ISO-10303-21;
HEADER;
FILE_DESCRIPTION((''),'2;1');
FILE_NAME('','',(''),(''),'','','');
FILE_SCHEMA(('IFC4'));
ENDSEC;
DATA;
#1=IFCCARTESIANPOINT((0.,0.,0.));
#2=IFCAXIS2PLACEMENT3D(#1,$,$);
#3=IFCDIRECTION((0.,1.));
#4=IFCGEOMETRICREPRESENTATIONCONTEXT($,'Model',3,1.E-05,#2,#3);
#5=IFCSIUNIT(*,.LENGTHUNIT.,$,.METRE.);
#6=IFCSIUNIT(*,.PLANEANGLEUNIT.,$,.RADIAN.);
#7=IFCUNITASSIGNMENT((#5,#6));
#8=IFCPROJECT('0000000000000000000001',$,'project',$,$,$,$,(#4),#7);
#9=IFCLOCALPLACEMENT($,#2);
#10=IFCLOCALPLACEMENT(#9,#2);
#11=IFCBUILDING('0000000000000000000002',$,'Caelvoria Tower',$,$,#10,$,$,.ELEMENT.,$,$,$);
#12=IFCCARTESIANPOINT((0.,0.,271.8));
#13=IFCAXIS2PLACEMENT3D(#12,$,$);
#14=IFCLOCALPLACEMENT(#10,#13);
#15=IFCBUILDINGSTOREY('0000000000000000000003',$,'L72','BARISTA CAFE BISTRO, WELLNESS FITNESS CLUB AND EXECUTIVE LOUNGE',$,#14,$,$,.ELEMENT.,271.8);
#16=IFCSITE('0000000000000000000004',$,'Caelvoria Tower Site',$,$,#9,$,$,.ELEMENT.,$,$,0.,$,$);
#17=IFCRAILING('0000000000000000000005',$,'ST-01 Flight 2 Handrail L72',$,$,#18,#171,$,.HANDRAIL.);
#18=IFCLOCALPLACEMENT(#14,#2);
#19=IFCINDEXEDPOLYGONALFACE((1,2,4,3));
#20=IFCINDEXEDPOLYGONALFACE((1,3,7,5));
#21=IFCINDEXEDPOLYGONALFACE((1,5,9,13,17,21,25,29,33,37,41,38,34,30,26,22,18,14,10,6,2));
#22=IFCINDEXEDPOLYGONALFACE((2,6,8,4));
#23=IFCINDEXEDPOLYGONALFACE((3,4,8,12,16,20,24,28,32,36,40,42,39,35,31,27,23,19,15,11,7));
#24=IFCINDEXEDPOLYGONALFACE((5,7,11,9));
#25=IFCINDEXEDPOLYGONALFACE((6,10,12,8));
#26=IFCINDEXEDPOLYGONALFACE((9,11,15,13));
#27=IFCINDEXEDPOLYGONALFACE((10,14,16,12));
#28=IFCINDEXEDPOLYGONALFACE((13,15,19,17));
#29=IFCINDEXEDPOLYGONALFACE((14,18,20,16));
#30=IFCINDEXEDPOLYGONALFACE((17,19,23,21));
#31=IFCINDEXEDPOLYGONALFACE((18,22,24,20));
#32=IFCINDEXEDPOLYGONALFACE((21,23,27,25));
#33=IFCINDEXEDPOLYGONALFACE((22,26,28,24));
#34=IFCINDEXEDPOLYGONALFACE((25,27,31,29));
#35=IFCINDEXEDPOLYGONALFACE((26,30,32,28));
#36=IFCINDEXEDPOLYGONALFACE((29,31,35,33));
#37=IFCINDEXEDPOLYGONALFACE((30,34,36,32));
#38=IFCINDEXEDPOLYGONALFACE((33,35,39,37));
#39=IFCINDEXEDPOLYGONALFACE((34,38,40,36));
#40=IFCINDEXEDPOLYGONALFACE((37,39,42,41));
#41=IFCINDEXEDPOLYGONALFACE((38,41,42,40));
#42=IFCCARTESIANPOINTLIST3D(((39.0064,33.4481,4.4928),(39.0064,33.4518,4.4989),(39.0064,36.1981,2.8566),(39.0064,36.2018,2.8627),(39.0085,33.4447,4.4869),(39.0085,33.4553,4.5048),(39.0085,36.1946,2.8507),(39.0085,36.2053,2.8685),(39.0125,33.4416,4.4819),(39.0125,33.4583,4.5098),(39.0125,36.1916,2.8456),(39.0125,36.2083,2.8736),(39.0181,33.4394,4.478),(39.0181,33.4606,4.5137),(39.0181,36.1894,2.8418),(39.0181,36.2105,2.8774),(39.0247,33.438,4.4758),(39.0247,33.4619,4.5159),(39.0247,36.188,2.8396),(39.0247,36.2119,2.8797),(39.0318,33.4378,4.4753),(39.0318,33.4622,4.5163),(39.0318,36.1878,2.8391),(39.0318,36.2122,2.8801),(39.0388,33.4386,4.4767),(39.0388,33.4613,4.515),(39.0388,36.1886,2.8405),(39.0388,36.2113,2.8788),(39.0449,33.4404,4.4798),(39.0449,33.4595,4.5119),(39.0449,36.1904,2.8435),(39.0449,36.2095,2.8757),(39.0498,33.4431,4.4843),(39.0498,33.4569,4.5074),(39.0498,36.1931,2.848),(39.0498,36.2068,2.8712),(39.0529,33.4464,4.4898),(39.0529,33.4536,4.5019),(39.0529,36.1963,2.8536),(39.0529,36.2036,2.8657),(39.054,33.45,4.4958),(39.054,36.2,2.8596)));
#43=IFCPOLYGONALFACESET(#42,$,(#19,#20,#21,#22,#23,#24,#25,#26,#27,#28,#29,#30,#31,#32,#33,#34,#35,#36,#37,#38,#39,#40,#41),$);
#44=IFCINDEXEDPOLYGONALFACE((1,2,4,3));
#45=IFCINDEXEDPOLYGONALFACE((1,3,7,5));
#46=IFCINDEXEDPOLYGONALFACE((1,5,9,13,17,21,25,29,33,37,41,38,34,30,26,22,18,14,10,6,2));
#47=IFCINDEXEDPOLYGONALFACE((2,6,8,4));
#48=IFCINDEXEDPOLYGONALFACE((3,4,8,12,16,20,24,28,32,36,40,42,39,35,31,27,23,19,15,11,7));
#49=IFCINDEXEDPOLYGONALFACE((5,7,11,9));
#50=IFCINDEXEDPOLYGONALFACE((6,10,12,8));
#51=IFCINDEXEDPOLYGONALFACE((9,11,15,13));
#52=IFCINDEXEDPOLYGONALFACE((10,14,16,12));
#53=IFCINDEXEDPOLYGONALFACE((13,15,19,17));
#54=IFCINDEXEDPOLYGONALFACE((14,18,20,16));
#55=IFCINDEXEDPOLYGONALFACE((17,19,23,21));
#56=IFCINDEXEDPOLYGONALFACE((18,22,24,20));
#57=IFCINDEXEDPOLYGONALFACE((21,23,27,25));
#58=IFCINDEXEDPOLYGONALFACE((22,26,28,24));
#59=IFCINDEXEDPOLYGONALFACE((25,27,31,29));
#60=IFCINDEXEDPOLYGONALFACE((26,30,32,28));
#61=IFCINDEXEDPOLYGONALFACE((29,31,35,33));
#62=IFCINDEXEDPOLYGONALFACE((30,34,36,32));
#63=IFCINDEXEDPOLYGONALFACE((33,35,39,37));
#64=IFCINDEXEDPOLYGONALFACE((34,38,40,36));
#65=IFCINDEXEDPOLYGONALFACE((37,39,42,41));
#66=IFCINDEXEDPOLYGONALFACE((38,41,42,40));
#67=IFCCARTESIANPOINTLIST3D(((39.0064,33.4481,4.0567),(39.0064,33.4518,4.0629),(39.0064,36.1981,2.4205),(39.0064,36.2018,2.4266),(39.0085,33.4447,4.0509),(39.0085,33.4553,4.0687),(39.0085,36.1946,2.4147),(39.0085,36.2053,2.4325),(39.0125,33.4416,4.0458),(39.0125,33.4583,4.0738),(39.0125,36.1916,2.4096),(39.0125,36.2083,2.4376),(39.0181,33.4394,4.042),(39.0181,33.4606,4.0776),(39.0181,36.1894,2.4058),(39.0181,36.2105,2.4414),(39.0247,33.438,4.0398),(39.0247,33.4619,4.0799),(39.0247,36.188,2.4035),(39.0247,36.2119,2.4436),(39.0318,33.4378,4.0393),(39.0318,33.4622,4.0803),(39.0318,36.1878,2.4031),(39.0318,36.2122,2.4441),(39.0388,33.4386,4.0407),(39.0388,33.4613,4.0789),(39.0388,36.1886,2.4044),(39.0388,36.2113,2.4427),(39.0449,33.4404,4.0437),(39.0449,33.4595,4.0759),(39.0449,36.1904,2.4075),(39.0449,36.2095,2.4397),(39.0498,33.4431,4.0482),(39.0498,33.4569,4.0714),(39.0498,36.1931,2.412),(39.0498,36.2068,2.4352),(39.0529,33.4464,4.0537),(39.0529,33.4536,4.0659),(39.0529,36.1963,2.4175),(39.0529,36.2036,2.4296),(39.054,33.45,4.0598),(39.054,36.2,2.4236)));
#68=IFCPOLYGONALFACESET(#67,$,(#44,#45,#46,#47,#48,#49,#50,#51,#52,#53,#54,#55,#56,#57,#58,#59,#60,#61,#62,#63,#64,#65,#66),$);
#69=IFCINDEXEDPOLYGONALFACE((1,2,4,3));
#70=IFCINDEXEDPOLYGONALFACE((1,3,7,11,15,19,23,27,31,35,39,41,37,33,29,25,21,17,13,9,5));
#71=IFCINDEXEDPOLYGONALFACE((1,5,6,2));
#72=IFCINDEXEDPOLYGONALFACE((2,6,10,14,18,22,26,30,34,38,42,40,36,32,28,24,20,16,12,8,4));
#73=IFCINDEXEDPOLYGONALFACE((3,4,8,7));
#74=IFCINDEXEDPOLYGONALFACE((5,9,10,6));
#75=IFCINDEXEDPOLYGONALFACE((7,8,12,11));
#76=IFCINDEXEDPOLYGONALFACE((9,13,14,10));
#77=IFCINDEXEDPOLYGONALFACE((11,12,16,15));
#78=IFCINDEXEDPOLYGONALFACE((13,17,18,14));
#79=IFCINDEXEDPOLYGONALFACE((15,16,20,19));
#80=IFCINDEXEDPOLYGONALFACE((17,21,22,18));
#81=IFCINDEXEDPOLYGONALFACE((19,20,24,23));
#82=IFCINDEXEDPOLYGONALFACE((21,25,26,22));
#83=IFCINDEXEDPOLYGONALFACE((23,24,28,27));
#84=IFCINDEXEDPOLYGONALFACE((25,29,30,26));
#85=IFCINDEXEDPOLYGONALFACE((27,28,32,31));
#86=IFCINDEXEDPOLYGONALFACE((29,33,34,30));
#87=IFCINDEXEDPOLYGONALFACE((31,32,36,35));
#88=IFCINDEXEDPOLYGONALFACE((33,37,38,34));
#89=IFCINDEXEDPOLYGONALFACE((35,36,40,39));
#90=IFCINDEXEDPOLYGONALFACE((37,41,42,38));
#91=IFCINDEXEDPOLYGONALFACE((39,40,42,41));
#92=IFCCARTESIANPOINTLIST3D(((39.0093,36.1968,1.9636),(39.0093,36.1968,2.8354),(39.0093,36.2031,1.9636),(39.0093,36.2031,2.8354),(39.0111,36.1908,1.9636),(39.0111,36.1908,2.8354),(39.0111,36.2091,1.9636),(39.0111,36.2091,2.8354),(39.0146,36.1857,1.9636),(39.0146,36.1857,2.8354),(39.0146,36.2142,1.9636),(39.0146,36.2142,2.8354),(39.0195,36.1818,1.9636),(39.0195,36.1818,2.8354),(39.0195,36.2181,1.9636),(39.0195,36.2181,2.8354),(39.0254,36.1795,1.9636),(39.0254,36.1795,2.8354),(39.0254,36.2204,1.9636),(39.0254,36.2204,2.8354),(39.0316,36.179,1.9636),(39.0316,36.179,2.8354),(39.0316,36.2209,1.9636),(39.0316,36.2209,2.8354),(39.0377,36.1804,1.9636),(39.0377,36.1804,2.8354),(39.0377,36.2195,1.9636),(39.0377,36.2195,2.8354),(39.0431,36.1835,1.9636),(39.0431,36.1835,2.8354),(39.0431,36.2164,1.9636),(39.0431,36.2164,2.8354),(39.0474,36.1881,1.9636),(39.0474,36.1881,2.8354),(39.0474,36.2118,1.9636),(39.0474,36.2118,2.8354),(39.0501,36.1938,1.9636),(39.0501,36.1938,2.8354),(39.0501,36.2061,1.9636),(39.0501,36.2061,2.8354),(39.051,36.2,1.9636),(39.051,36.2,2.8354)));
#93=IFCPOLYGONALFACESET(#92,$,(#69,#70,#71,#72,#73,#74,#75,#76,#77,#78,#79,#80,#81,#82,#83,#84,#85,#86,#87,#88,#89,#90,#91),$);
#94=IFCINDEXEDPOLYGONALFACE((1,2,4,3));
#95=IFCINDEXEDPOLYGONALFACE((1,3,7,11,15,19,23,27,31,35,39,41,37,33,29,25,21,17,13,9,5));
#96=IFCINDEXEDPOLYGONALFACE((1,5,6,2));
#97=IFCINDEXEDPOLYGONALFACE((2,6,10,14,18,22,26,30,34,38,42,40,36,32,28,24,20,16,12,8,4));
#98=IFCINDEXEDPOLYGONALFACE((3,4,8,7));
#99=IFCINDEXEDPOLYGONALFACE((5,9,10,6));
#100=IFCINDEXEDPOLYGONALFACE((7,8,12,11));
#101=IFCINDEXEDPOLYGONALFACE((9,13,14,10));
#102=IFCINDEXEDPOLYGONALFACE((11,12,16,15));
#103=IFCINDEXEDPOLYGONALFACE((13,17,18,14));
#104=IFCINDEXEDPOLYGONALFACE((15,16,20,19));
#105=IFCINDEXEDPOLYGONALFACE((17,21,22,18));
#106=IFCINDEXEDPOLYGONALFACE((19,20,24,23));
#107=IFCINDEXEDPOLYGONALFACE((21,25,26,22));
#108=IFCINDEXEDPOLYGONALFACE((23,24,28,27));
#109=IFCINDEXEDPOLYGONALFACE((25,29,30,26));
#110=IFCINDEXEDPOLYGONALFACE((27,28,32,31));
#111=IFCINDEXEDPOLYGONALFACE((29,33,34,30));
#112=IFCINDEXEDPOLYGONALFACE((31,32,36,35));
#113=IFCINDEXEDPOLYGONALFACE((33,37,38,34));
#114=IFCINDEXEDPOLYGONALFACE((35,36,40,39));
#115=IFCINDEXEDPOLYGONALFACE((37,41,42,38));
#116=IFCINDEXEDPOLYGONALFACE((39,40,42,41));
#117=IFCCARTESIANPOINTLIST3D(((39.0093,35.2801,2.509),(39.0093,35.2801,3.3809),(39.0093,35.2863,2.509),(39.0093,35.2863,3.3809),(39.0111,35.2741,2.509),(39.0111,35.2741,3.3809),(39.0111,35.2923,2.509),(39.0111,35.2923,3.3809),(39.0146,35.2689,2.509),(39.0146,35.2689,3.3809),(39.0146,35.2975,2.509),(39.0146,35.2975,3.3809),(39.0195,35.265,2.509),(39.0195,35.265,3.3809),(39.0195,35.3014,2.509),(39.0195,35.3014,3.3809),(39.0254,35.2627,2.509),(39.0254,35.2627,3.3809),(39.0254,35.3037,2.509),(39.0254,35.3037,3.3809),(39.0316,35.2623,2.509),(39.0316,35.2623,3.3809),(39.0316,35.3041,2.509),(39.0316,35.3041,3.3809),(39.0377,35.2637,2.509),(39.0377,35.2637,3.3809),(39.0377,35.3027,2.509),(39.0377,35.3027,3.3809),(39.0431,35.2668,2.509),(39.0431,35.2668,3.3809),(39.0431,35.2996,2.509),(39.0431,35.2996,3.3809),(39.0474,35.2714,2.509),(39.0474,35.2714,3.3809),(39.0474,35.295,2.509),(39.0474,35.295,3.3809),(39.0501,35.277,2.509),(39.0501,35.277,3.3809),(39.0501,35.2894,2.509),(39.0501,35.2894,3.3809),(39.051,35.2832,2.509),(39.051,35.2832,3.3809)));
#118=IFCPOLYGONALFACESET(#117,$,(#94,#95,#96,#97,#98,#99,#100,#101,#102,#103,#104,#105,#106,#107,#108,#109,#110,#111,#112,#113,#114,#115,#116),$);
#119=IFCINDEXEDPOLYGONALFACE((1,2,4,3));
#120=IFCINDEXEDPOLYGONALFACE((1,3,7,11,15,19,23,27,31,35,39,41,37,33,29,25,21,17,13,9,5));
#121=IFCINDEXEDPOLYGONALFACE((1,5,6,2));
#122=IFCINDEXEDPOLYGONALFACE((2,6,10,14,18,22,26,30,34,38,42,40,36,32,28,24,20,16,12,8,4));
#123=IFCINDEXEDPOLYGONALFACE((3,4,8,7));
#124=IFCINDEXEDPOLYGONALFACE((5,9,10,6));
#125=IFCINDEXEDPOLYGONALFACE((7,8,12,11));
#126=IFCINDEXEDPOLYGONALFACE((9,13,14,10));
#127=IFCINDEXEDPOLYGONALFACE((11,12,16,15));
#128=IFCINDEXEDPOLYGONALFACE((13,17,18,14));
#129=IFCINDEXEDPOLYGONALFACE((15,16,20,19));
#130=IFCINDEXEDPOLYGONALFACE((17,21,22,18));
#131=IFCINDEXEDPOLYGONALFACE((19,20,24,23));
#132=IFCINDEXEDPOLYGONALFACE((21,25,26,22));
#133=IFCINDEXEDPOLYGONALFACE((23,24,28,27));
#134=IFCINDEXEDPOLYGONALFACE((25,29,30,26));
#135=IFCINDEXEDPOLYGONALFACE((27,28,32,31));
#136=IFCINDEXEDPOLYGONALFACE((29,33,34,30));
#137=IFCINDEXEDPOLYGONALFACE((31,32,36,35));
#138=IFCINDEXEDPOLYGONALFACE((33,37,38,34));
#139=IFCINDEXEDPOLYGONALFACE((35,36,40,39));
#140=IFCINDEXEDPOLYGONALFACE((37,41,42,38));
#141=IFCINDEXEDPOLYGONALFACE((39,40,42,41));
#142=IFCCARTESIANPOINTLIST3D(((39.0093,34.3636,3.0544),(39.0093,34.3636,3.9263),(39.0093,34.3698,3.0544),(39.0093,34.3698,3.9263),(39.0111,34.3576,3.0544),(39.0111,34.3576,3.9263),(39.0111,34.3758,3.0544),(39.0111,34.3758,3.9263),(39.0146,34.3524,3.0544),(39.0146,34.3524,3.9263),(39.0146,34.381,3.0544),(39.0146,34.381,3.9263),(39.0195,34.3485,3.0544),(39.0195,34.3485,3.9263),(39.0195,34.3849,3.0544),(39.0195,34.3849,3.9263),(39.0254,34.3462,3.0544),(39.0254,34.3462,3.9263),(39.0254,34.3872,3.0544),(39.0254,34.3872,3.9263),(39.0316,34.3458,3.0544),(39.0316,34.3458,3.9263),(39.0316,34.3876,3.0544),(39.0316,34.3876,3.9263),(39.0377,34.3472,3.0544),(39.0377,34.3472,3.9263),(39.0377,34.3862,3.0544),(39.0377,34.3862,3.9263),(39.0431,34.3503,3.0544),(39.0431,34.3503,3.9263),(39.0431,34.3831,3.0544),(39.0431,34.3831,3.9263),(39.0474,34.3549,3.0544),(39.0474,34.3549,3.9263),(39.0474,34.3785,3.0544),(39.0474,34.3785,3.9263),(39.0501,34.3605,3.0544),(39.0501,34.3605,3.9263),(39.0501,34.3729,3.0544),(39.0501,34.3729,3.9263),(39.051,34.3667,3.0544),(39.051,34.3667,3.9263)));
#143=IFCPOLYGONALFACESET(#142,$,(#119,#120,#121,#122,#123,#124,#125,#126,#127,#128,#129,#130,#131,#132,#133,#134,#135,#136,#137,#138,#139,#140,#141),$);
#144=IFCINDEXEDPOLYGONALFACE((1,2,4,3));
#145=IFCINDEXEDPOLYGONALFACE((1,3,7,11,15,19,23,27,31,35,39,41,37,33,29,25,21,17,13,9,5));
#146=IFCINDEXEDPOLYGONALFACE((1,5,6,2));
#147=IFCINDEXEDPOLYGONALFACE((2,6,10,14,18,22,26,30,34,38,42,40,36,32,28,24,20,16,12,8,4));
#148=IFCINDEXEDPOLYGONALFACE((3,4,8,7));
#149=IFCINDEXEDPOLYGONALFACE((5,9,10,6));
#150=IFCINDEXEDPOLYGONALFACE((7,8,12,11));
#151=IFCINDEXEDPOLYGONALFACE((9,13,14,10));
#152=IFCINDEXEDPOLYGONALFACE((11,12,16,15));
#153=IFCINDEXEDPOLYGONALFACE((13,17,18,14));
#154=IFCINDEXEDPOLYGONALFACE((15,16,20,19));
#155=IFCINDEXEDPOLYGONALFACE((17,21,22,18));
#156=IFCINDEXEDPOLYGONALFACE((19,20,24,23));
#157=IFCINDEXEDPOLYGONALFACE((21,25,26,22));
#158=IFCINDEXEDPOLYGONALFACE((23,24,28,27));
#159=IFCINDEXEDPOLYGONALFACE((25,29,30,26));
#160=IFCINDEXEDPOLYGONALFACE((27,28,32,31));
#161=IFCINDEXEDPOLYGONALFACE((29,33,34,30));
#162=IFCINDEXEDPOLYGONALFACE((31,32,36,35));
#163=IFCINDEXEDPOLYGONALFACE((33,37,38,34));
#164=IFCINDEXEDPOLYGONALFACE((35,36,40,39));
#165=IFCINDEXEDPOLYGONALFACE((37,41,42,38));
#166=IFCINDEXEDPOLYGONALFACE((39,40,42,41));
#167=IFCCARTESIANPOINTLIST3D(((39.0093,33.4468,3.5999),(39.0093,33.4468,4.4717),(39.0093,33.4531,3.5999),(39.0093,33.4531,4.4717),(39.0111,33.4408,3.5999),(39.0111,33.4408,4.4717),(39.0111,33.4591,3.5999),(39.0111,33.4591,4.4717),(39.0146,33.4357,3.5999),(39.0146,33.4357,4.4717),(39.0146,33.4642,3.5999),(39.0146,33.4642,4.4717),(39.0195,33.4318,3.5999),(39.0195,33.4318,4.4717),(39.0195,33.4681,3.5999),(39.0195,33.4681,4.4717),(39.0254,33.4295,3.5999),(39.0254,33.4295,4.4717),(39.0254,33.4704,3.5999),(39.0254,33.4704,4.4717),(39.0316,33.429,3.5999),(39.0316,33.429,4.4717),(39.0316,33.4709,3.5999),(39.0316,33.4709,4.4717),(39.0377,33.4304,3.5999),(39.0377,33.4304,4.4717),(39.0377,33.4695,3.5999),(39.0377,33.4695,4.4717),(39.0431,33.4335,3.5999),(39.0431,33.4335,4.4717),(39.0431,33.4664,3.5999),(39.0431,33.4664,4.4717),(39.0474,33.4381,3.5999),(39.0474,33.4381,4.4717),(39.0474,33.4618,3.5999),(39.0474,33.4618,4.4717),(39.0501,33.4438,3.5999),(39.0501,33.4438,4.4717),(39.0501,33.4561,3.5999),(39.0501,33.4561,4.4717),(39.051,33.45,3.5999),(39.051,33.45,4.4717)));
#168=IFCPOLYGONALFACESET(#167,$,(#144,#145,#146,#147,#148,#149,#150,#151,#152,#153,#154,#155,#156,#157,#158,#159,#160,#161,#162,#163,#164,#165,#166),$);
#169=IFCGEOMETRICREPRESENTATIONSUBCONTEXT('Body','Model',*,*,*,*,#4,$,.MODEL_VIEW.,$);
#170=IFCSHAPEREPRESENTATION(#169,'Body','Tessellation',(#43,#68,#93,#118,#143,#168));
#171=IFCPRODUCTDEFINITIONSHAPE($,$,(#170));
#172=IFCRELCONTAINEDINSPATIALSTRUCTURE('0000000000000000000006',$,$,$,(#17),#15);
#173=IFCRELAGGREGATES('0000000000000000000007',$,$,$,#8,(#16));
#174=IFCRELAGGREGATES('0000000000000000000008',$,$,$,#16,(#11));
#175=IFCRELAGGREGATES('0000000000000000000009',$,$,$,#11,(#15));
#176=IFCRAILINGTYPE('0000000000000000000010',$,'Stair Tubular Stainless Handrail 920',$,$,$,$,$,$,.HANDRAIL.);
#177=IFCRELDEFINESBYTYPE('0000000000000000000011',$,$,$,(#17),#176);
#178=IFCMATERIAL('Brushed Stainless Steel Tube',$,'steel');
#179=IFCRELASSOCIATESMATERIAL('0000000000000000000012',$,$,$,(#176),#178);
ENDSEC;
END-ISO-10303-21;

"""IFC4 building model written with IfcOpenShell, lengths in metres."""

from ifc_helpers import new_model, si_unit, direction, frame, origin, origin_2d, place, context, subcontext, project, spatial, circle, extrude, material, type_object, element, save


model = new_model("IFC4")

# Units and contexts
model_context = context("Model", 3, precision=1e-05, world=origin(), true_north=direction((0.0, 1.0)))
body_context = subcontext(model_context, "Body", "Model", "MODEL_VIEW")
ifc_project = project(units=[si_unit("LENGTHUNIT", "METRE"), si_unit("PLANEANGLEUNIT", "RADIAN")], contexts=[model_context])

# Site, building, storey
site_placement = place(None, origin())
site = spatial("IfcSite", under=ifc_project, at=site_placement, Name="Caelvoria Tower Site", CompositionType="ELEMENT", RefElevation=0.0)
building_placement = place(site_placement, origin())
building = spatial("IfcBuilding", under=site, at=building_placement, Name="Caelvoria Tower", CompositionType="ELEMENT")
storey_placement = place(building_placement, frame((0.0, 0.0, 271.8)))
storey = spatial("IfcBuildingStorey", under=building, at=storey_placement, Name="L72", Description="BARISTA CAFE BISTRO, WELLNESS FITNESS CLUB AND EXECUTIVE LOUNGE", CompositionType="ELEMENT", Elevation=271.8)

# Railing
ifc_material_1 = material(Name="Brushed Stainless Steel Tube", Category="steel")
railing_type_1 = type_object("IfcRailingType", Name="Stair Tubular Stainless Handrail 920", PredefinedType="HANDRAIL", material=ifc_material_1)
railing_1_placement = place(storey_placement, frame((39.03, 36.2, 1.9636)))
element("IfcRailing", 1, at=railing_1_placement, inside=storey, type_object=railing_type_1, Name="ST-01 Flight 2 Handrail L72", PredefinedType="HANDRAIL", context=body_context, shape_type="SweptSolid", body=[
    extrude(circle(Radius=0.0239, at=origin_2d()), frame((0.0, 0.0, 0.896), z_axis=(0.0, -0.859385, 0.511328), x_axis=(1.0, 0.0, 0.0)), (0.0, 0.0, 1.0), 3.2),
    extrude(circle(Radius=0.0239, at=origin_2d()), frame((0.0, 0.0, 0.46), z_axis=(0.0, -0.859385, 0.511328), x_axis=(1.0, 0.0, 0.0)), (0.0, 0.0, 1.0), 3.2),
    extrude(circle(Radius=0.021, at=origin_2d()), origin(), (0.0, 0.0, 1.0), 0.8718),
    extrude(circle(Radius=0.021, at=origin_2d()), frame((0.0, -0.9167, 0.5454)), (0.0, 0.0, 1.0), 0.8718),
    extrude(circle(Radius=0.021, at=origin_2d()), frame((0.0, -1.8333, 1.0908)), (0.0, 0.0, 1.0), 0.8718),
    extrude(circle(Radius=0.021, at=origin_2d()), frame((0.0, -2.75, 1.6362)), (0.0, 0.0, 1.0), 0.8718),
])

save(model, "model.ifc")
